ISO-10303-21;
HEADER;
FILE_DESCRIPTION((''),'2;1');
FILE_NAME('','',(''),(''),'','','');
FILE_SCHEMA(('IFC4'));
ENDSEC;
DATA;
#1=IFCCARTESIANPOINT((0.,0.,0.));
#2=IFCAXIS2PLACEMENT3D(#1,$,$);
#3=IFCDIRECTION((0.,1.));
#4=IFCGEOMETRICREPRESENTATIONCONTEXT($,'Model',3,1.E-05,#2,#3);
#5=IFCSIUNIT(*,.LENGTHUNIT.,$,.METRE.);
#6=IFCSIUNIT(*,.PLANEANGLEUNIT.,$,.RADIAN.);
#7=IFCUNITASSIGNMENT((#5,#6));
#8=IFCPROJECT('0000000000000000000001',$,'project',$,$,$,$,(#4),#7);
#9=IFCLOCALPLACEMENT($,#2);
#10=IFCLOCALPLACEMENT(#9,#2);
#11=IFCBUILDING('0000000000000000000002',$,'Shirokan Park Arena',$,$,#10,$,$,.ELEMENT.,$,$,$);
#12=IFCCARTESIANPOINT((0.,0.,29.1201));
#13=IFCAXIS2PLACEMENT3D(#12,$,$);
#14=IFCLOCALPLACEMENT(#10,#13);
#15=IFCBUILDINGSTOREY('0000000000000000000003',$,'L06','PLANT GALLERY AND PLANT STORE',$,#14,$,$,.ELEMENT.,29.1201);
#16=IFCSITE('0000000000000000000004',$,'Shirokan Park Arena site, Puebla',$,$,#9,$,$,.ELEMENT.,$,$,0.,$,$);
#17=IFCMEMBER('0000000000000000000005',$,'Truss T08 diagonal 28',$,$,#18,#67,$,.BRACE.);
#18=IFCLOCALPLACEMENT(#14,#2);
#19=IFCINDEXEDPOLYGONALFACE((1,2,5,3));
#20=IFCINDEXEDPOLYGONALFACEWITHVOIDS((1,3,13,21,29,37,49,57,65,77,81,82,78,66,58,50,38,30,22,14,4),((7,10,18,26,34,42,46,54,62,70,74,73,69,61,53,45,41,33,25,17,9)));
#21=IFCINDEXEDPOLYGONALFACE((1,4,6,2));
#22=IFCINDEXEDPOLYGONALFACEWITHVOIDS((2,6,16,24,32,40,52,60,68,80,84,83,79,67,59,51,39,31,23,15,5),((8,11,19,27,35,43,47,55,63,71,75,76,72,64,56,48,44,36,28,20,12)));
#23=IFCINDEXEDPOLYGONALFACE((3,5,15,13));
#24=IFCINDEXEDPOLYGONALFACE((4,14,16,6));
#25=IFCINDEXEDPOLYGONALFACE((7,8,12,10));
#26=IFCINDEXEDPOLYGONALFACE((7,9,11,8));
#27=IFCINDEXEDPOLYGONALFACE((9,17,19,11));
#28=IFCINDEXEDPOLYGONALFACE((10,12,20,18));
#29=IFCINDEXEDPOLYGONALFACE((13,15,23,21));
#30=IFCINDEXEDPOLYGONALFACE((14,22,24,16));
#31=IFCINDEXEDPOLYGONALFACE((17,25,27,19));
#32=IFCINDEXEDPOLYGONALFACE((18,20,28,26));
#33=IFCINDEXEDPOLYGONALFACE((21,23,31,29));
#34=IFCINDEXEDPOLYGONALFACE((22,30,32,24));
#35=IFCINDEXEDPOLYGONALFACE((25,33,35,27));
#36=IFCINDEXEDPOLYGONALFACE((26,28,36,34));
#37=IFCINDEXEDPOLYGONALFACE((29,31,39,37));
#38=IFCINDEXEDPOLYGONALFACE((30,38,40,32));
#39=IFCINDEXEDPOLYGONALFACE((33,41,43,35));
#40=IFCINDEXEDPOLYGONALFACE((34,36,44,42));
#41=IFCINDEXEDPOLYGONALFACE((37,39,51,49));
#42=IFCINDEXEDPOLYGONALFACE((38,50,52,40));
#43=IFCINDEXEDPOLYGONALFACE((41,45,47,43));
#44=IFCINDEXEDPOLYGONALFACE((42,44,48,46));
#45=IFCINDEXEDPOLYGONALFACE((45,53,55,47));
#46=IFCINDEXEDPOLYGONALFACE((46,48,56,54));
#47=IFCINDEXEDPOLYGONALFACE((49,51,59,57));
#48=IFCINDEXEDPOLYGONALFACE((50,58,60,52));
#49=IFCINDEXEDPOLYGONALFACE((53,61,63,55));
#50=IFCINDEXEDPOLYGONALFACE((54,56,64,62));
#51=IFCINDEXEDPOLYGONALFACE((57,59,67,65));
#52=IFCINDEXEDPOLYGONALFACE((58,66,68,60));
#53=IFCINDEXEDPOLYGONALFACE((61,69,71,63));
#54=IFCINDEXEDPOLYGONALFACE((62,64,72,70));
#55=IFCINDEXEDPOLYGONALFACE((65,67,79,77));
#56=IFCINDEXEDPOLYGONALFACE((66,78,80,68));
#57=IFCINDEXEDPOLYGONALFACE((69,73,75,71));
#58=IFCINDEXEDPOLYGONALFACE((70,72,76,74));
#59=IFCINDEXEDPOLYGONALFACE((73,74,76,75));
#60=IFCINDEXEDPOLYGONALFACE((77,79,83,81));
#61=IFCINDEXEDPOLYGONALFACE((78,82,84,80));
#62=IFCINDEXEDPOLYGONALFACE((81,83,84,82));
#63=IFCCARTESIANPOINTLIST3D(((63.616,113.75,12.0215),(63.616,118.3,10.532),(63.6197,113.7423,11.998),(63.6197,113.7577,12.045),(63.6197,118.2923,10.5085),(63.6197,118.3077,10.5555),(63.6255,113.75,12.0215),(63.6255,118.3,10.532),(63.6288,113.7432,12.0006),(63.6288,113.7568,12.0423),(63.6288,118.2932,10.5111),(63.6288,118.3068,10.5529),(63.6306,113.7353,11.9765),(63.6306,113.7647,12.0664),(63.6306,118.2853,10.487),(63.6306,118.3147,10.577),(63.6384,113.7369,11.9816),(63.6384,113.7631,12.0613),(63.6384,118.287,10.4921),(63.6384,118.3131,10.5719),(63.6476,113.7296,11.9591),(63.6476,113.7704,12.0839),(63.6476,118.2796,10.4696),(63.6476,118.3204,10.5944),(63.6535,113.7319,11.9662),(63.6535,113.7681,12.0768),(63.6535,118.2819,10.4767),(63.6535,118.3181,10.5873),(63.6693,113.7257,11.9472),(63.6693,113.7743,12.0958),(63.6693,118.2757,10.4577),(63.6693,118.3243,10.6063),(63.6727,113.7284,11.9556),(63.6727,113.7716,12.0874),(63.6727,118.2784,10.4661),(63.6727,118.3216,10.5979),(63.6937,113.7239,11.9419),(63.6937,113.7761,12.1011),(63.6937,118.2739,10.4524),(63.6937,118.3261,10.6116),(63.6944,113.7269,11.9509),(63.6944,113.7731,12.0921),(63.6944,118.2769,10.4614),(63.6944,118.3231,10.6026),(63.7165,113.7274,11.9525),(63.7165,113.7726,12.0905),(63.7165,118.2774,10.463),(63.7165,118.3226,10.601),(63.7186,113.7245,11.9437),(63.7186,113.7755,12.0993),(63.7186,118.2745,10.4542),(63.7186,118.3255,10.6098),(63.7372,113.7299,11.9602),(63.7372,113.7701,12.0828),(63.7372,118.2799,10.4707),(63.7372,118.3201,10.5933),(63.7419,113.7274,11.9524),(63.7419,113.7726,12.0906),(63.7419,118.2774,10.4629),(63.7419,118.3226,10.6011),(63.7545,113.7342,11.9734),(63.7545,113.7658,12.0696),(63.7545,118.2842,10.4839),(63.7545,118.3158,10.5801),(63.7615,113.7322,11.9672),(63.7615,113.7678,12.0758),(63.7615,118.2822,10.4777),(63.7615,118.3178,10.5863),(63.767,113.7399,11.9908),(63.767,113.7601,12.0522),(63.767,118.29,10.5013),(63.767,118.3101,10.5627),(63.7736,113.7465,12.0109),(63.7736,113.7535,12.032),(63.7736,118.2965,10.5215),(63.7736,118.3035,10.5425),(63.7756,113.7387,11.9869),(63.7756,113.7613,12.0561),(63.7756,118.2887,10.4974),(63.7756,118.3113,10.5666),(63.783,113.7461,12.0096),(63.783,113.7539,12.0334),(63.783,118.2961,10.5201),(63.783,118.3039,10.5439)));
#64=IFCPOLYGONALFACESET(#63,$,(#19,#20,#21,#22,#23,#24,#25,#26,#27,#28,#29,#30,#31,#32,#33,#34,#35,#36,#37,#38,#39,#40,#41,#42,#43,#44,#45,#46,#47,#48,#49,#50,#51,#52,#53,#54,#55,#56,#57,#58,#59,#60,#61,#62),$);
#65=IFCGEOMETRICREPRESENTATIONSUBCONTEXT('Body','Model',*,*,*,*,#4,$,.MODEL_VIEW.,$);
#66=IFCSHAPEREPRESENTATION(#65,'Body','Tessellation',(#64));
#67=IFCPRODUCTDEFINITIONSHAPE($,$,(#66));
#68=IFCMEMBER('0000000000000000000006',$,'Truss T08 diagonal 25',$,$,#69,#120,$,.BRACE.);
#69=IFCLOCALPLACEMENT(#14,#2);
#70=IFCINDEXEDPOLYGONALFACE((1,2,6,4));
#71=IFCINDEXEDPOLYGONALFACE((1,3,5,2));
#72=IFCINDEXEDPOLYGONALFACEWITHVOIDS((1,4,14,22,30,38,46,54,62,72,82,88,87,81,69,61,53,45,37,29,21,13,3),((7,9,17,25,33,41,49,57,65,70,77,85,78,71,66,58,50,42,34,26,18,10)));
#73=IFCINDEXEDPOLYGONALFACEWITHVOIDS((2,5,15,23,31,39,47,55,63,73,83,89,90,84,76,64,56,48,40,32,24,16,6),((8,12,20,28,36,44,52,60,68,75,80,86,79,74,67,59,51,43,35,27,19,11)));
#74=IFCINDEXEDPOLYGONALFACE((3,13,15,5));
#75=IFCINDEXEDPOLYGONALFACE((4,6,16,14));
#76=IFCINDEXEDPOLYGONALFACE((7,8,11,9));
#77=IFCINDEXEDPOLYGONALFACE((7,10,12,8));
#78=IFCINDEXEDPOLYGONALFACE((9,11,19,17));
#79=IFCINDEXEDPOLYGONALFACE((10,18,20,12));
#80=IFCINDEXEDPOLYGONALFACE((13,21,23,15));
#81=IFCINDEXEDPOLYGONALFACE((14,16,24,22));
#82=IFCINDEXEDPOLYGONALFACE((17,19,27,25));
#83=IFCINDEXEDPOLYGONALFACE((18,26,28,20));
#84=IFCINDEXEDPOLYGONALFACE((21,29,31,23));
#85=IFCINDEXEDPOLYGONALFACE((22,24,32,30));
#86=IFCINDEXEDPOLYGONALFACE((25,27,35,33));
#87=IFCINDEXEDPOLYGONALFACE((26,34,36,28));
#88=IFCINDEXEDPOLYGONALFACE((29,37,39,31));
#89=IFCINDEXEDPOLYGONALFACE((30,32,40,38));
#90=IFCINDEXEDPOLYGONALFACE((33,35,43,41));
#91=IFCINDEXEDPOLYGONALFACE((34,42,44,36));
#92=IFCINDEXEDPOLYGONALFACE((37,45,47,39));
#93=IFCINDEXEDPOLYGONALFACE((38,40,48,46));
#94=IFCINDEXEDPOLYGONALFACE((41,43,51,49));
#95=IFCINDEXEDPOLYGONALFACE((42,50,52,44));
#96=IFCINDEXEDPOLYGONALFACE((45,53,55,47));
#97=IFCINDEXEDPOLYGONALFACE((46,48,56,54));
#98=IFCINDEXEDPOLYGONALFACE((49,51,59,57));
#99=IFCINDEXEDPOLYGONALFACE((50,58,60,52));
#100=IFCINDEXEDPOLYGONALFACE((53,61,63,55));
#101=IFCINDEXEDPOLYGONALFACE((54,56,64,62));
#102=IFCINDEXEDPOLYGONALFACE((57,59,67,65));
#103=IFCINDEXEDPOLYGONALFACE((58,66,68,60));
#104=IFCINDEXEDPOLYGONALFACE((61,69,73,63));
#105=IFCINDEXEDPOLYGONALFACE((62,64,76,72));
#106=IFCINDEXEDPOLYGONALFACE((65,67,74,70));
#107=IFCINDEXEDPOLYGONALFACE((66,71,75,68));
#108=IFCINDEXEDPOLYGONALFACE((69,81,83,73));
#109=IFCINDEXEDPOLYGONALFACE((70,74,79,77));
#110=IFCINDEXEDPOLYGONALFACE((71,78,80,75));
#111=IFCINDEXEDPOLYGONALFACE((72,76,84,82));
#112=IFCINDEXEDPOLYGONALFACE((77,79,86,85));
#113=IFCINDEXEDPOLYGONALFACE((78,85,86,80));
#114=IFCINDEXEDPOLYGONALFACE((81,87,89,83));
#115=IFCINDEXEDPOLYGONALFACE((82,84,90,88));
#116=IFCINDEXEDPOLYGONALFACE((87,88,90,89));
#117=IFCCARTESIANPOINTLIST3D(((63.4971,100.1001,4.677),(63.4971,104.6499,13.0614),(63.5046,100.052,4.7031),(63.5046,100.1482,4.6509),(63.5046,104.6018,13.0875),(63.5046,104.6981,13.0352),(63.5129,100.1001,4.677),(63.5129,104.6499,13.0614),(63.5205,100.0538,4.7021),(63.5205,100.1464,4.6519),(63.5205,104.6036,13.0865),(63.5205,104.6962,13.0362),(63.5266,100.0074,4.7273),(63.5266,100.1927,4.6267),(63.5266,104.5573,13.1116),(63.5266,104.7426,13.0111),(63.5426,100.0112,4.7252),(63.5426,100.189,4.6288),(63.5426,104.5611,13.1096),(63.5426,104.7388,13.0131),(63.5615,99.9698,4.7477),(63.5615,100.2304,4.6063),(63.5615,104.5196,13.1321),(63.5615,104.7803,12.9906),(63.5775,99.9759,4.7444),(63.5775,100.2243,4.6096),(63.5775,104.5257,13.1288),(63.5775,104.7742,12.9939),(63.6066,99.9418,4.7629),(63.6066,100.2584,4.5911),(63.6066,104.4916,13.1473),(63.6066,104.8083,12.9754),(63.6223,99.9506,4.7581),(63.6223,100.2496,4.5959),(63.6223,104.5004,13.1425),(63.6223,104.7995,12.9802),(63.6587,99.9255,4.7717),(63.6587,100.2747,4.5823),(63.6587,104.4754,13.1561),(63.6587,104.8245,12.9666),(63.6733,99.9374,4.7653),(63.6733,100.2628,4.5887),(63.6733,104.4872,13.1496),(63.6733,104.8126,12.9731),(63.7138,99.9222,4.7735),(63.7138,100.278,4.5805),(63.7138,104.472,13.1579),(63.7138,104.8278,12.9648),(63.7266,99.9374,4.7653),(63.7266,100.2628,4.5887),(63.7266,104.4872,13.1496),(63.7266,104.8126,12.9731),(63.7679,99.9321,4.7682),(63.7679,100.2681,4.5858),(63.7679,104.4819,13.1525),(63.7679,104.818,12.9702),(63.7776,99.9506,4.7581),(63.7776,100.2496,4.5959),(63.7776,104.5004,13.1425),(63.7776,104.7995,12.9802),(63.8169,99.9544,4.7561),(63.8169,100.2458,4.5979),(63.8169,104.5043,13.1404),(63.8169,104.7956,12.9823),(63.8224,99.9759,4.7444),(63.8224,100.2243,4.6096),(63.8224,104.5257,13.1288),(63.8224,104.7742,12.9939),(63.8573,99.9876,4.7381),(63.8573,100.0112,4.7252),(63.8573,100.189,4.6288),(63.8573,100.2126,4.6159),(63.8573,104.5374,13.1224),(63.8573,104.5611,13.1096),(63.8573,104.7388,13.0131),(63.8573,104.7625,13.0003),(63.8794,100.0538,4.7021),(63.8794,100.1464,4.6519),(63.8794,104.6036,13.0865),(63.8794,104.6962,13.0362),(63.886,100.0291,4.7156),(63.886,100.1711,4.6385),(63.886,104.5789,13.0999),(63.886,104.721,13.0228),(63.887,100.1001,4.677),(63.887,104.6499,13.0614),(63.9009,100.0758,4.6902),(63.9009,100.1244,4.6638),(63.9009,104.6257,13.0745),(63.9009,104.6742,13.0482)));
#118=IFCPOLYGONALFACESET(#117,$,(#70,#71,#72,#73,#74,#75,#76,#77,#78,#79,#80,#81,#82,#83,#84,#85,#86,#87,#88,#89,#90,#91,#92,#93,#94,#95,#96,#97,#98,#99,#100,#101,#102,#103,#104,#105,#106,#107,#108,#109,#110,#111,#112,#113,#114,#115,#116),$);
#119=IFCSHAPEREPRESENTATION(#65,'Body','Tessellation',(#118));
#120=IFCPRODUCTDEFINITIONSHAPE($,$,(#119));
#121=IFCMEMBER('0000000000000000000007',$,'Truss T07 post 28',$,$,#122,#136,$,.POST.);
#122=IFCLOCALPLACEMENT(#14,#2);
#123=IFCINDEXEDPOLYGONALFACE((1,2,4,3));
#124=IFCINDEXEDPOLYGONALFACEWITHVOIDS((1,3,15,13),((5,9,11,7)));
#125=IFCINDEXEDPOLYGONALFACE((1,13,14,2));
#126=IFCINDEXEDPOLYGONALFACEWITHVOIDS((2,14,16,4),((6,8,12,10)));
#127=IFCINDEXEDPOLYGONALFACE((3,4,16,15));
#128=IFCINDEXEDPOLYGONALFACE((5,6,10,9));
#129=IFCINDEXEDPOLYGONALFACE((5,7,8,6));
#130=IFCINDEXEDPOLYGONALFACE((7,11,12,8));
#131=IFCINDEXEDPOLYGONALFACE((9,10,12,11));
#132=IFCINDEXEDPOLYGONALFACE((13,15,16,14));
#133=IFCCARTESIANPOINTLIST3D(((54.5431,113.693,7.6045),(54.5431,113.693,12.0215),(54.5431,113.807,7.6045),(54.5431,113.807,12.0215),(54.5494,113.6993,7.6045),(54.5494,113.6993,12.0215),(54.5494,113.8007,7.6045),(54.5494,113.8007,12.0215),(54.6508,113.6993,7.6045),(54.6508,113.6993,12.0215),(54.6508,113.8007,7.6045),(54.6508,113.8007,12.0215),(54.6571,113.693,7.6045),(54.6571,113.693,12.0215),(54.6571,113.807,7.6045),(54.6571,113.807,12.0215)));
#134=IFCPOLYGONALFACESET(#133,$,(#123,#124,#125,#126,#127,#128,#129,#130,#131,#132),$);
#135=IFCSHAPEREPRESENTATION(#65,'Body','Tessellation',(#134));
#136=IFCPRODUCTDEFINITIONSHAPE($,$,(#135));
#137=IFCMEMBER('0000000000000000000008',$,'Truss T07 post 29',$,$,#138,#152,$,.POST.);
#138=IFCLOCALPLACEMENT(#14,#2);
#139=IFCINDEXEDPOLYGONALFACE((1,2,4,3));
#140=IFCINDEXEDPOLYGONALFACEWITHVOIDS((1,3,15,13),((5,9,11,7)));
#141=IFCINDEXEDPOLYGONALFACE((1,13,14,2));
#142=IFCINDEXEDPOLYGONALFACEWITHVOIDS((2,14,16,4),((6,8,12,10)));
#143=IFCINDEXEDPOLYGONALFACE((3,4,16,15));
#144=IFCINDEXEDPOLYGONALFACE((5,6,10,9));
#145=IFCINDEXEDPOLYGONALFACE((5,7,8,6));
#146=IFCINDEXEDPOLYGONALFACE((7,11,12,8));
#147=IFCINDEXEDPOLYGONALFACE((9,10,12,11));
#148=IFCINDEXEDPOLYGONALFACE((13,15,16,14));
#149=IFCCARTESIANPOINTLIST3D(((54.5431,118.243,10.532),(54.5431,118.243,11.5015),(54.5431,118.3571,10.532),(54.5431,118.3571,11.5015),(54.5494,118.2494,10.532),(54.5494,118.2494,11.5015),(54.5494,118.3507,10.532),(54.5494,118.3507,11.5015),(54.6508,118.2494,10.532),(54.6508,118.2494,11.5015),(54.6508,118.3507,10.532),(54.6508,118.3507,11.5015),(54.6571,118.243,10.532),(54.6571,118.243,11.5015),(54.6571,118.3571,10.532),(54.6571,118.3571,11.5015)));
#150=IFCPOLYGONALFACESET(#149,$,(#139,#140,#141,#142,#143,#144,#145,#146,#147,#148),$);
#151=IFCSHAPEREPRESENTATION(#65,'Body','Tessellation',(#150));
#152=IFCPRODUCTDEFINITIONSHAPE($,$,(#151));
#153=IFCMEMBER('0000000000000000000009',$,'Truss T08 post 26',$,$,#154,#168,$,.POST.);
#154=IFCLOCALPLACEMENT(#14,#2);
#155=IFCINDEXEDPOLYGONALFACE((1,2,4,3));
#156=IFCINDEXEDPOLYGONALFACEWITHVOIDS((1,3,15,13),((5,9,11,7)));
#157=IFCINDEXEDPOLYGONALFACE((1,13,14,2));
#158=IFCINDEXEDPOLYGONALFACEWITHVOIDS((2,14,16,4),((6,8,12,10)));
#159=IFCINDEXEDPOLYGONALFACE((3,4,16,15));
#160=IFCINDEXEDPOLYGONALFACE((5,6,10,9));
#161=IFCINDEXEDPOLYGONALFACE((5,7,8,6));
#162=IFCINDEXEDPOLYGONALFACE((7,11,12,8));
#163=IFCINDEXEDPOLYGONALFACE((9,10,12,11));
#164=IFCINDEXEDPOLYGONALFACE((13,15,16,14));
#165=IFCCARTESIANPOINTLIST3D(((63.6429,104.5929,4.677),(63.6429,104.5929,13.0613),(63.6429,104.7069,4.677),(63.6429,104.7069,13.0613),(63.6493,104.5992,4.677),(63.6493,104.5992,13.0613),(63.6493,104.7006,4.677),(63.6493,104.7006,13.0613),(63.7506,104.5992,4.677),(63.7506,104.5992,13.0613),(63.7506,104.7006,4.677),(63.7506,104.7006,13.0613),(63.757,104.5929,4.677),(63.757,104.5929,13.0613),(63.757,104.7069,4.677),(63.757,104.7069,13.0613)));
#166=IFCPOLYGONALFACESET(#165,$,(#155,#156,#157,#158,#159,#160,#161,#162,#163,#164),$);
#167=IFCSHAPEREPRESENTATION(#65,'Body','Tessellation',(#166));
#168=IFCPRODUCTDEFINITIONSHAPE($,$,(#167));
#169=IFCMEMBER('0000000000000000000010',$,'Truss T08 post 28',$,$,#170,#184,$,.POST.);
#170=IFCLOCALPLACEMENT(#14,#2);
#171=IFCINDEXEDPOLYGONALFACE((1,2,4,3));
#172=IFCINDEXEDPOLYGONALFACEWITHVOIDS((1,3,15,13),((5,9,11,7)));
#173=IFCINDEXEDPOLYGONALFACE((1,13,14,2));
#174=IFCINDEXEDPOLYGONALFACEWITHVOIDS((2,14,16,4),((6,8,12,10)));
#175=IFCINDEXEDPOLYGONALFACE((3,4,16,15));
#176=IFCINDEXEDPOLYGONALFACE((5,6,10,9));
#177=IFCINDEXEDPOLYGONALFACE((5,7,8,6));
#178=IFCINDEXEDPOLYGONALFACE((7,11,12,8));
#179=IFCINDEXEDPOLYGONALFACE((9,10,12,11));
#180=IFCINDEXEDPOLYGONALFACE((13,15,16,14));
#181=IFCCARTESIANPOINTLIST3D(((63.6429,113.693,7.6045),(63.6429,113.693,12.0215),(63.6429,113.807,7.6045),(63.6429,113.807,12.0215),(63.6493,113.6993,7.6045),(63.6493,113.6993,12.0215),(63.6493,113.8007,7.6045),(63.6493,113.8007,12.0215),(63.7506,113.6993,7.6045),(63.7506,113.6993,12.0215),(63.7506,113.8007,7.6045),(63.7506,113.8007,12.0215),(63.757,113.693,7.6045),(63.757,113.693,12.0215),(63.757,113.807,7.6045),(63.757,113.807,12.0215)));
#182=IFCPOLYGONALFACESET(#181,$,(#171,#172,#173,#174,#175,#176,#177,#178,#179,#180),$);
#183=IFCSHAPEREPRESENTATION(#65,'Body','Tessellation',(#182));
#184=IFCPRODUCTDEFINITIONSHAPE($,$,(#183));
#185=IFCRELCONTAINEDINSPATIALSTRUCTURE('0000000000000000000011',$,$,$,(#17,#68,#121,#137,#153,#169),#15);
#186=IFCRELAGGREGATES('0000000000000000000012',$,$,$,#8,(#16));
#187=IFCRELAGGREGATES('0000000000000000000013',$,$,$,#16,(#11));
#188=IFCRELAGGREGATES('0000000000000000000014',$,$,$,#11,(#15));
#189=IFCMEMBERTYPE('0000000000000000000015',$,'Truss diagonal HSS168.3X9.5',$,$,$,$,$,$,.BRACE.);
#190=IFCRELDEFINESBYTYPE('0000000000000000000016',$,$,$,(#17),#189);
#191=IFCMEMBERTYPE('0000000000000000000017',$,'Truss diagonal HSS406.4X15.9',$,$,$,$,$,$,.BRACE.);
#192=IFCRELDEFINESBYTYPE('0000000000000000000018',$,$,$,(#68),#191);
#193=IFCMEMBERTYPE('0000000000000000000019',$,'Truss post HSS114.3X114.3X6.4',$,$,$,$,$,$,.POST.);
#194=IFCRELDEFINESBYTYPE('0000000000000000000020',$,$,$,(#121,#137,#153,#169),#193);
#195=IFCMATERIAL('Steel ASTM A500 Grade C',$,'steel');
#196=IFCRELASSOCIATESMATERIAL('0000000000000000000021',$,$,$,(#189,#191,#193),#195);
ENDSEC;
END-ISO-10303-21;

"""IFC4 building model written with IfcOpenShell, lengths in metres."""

from ifc_helpers import new_model, si_unit, direction, frame, origin, origin_2d, place, context, subcontext, project, spatial, hollow_rectangle, hollow_circle, extrude, material, material_profile, profile_set, type_object, element, save


model = new_model("IFC4")

# Units and contexts
model_context = context("Model", 3, precision=1e-05, world=origin(), true_north=direction((0.0, 1.0)))
body_context = subcontext(model_context, "Body", "Model", "MODEL_VIEW")
ifc_project = project(units=[si_unit("LENGTHUNIT", "METRE"), si_unit("PLANEANGLEUNIT", "RADIAN")], contexts=[model_context])

# Site, building, storey
site_placement = place(None, origin())
site = spatial("IfcSite", under=ifc_project, at=site_placement, Name="Shirokan Park Arena site, Puebla", CompositionType="ELEMENT", RefElevation=0.0)
building_placement = place(site_placement, origin())
building = spatial("IfcBuilding", under=site, at=building_placement, Name="Shirokan Park Arena", CompositionType="ELEMENT")
storey_placement = place(building_placement, frame((0.0, 0.0, 29.1201)))
storey = spatial("IfcBuildingStorey", under=building, at=storey_placement, Name="L06", Description="PLANT GALLERY AND PLANT STORE", CompositionType="ELEMENT", Elevation=29.1201)

# Shared definitions
ifc_material_1 = material(Name="Steel ASTM A500 Grade C", Category="steel")

# Members
ifc_material_profile_1 = material_profile(ifc_material_1, hollow_circle(Radius=0.084, WallThickness=0.0095, at=origin_2d()), Name="HSS168.3X9.5")
ifc_profile_set_1 = profile_set([ifc_material_profile_1], Name="Steel ASTM A500 Grade C")
member_type_1 = type_object("IfcMemberType", Name="Truss diagonal HSS168.3X9.5", PredefinedType="BRACE", material=ifc_profile_set_1)
for number, where, z_axis, x_axis, name in (
    (1, (63.7, 113.75, 12.0215), (0.0, 0.950373, -0.311114), (-1.0, 0.0, 0.0), "Truss T08 diagonal 28"),
):
    element("IfcMember", number, at=place(storey_placement, frame(where, z_axis=z_axis, x_axis=x_axis)), inside=storey, type_object=member_type_1, Name=name, PredefinedType="BRACE", context=body_context, shape_type="SweptSolid", body=[
        extrude(hollow_circle(Radius=0.084, WallThickness=0.0095, at=origin_2d()), origin(), (0.0, 0.0, 1.0), 4.7876),
    ])
ifc_material_profile_2 = material_profile(ifc_material_1, hollow_circle(Radius=0.2029, WallThickness=0.0159, at=origin_2d()), Name="HSS406.4X15.9")
ifc_profile_set_2 = profile_set([ifc_material_profile_2], Name="Steel ASTM A500 Grade C")
member_type_2 = type_object("IfcMemberType", Name="Truss diagonal HSS406.4X15.9", PredefinedType="BRACE", material=ifc_profile_set_2)
member_1_placement = place(storey_placement, frame((63.7, 100.1001, 4.677), z_axis=(0.0, 0.476957, 0.878926), x_axis=(-1.0, 0.0, 0.0)))
element("IfcMember", 2, at=member_1_placement, inside=storey, type_object=member_type_2, Name="Truss T08 diagonal 25", PredefinedType="BRACE", context=body_context, shape_type="SweptSolid", body=[
    extrude(hollow_circle(Radius=0.2029, WallThickness=0.0159, at=origin_2d()), origin(), (0.0, 0.0, 1.0), 9.5393),
])
ifc_material_profile_3 = material_profile(ifc_material_1, hollow_rectangle(XDim=0.114, YDim=0.114, WallThickness=0.0063, at=origin_2d()), Name="HSS114.3X114.3X6.4")
ifc_profile_set_3 = profile_set([ifc_material_profile_3], Name="Steel ASTM A500 Grade C")
member_type_3 = type_object("IfcMemberType", Name="Truss post HSS114.3X114.3X6.4", PredefinedType="POST", material=ifc_profile_set_3)
member_2_placement = place(storey_placement, frame((54.6001, 113.75, 7.6045), z_axis=(0.0, 0.0, 1.0), x_axis=(1.0, 0.0, 0.0)))
element("IfcMember", 3, at=member_2_placement, inside=storey, type_object=member_type_3, Name="Truss T07 post 28", PredefinedType="POST", context=body_context, shape_type="SweptSolid", body=[
    extrude(hollow_rectangle(XDim=0.114, YDim=0.114, WallThickness=0.0063, at=origin_2d()), origin(), (0.0, 0.0, 1.0), 4.417),
])
member_3_placement = place(storey_placement, frame((54.6001, 118.3, 10.532), z_axis=(0.0, 0.0, 1.0), x_axis=(1.0, 0.0, 0.0)))
element("IfcMember", 4, at=member_3_placement, inside=storey, type_object=member_type_3, Name="Truss T07 post 29", PredefinedType="POST", context=body_context, shape_type="SweptSolid", body=[
    extrude(hollow_rectangle(XDim=0.114, YDim=0.114, WallThickness=0.0063, at=origin_2d()), origin(), (0.0, 0.0, 1.0), 0.9695),
])
member_4_placement = place(storey_placement, frame((63.7, 104.6499, 4.677), z_axis=(0.0, 0.0, 1.0), x_axis=(1.0, 0.0, 0.0)))
element("IfcMember", 5, at=member_4_placement, inside=storey, type_object=member_type_3, Name="Truss T08 post 26", PredefinedType="POST", context=body_context, shape_type="SweptSolid", body=[
    extrude(hollow_rectangle(XDim=0.114, YDim=0.114, WallThickness=0.0063, at=origin_2d()), origin(), (0.0, 0.0, 1.0), 8.3843),
])
member_5_placement = place(storey_placement, frame((63.7, 113.75, 7.6045), z_axis=(0.0, 0.0, 1.0), x_axis=(1.0, 0.0, 0.0)))
element("IfcMember", 6, at=member_5_placement, inside=storey, type_object=member_type_3, Name="Truss T08 post 28", PredefinedType="POST", context=body_context, shape_type="SweptSolid", body=[
    extrude(hollow_rectangle(XDim=0.114, YDim=0.114, WallThickness=0.0063, at=origin_2d()), origin(), (0.0, 0.0, 1.0), 4.417),
])

save(model, "model.ifc")
